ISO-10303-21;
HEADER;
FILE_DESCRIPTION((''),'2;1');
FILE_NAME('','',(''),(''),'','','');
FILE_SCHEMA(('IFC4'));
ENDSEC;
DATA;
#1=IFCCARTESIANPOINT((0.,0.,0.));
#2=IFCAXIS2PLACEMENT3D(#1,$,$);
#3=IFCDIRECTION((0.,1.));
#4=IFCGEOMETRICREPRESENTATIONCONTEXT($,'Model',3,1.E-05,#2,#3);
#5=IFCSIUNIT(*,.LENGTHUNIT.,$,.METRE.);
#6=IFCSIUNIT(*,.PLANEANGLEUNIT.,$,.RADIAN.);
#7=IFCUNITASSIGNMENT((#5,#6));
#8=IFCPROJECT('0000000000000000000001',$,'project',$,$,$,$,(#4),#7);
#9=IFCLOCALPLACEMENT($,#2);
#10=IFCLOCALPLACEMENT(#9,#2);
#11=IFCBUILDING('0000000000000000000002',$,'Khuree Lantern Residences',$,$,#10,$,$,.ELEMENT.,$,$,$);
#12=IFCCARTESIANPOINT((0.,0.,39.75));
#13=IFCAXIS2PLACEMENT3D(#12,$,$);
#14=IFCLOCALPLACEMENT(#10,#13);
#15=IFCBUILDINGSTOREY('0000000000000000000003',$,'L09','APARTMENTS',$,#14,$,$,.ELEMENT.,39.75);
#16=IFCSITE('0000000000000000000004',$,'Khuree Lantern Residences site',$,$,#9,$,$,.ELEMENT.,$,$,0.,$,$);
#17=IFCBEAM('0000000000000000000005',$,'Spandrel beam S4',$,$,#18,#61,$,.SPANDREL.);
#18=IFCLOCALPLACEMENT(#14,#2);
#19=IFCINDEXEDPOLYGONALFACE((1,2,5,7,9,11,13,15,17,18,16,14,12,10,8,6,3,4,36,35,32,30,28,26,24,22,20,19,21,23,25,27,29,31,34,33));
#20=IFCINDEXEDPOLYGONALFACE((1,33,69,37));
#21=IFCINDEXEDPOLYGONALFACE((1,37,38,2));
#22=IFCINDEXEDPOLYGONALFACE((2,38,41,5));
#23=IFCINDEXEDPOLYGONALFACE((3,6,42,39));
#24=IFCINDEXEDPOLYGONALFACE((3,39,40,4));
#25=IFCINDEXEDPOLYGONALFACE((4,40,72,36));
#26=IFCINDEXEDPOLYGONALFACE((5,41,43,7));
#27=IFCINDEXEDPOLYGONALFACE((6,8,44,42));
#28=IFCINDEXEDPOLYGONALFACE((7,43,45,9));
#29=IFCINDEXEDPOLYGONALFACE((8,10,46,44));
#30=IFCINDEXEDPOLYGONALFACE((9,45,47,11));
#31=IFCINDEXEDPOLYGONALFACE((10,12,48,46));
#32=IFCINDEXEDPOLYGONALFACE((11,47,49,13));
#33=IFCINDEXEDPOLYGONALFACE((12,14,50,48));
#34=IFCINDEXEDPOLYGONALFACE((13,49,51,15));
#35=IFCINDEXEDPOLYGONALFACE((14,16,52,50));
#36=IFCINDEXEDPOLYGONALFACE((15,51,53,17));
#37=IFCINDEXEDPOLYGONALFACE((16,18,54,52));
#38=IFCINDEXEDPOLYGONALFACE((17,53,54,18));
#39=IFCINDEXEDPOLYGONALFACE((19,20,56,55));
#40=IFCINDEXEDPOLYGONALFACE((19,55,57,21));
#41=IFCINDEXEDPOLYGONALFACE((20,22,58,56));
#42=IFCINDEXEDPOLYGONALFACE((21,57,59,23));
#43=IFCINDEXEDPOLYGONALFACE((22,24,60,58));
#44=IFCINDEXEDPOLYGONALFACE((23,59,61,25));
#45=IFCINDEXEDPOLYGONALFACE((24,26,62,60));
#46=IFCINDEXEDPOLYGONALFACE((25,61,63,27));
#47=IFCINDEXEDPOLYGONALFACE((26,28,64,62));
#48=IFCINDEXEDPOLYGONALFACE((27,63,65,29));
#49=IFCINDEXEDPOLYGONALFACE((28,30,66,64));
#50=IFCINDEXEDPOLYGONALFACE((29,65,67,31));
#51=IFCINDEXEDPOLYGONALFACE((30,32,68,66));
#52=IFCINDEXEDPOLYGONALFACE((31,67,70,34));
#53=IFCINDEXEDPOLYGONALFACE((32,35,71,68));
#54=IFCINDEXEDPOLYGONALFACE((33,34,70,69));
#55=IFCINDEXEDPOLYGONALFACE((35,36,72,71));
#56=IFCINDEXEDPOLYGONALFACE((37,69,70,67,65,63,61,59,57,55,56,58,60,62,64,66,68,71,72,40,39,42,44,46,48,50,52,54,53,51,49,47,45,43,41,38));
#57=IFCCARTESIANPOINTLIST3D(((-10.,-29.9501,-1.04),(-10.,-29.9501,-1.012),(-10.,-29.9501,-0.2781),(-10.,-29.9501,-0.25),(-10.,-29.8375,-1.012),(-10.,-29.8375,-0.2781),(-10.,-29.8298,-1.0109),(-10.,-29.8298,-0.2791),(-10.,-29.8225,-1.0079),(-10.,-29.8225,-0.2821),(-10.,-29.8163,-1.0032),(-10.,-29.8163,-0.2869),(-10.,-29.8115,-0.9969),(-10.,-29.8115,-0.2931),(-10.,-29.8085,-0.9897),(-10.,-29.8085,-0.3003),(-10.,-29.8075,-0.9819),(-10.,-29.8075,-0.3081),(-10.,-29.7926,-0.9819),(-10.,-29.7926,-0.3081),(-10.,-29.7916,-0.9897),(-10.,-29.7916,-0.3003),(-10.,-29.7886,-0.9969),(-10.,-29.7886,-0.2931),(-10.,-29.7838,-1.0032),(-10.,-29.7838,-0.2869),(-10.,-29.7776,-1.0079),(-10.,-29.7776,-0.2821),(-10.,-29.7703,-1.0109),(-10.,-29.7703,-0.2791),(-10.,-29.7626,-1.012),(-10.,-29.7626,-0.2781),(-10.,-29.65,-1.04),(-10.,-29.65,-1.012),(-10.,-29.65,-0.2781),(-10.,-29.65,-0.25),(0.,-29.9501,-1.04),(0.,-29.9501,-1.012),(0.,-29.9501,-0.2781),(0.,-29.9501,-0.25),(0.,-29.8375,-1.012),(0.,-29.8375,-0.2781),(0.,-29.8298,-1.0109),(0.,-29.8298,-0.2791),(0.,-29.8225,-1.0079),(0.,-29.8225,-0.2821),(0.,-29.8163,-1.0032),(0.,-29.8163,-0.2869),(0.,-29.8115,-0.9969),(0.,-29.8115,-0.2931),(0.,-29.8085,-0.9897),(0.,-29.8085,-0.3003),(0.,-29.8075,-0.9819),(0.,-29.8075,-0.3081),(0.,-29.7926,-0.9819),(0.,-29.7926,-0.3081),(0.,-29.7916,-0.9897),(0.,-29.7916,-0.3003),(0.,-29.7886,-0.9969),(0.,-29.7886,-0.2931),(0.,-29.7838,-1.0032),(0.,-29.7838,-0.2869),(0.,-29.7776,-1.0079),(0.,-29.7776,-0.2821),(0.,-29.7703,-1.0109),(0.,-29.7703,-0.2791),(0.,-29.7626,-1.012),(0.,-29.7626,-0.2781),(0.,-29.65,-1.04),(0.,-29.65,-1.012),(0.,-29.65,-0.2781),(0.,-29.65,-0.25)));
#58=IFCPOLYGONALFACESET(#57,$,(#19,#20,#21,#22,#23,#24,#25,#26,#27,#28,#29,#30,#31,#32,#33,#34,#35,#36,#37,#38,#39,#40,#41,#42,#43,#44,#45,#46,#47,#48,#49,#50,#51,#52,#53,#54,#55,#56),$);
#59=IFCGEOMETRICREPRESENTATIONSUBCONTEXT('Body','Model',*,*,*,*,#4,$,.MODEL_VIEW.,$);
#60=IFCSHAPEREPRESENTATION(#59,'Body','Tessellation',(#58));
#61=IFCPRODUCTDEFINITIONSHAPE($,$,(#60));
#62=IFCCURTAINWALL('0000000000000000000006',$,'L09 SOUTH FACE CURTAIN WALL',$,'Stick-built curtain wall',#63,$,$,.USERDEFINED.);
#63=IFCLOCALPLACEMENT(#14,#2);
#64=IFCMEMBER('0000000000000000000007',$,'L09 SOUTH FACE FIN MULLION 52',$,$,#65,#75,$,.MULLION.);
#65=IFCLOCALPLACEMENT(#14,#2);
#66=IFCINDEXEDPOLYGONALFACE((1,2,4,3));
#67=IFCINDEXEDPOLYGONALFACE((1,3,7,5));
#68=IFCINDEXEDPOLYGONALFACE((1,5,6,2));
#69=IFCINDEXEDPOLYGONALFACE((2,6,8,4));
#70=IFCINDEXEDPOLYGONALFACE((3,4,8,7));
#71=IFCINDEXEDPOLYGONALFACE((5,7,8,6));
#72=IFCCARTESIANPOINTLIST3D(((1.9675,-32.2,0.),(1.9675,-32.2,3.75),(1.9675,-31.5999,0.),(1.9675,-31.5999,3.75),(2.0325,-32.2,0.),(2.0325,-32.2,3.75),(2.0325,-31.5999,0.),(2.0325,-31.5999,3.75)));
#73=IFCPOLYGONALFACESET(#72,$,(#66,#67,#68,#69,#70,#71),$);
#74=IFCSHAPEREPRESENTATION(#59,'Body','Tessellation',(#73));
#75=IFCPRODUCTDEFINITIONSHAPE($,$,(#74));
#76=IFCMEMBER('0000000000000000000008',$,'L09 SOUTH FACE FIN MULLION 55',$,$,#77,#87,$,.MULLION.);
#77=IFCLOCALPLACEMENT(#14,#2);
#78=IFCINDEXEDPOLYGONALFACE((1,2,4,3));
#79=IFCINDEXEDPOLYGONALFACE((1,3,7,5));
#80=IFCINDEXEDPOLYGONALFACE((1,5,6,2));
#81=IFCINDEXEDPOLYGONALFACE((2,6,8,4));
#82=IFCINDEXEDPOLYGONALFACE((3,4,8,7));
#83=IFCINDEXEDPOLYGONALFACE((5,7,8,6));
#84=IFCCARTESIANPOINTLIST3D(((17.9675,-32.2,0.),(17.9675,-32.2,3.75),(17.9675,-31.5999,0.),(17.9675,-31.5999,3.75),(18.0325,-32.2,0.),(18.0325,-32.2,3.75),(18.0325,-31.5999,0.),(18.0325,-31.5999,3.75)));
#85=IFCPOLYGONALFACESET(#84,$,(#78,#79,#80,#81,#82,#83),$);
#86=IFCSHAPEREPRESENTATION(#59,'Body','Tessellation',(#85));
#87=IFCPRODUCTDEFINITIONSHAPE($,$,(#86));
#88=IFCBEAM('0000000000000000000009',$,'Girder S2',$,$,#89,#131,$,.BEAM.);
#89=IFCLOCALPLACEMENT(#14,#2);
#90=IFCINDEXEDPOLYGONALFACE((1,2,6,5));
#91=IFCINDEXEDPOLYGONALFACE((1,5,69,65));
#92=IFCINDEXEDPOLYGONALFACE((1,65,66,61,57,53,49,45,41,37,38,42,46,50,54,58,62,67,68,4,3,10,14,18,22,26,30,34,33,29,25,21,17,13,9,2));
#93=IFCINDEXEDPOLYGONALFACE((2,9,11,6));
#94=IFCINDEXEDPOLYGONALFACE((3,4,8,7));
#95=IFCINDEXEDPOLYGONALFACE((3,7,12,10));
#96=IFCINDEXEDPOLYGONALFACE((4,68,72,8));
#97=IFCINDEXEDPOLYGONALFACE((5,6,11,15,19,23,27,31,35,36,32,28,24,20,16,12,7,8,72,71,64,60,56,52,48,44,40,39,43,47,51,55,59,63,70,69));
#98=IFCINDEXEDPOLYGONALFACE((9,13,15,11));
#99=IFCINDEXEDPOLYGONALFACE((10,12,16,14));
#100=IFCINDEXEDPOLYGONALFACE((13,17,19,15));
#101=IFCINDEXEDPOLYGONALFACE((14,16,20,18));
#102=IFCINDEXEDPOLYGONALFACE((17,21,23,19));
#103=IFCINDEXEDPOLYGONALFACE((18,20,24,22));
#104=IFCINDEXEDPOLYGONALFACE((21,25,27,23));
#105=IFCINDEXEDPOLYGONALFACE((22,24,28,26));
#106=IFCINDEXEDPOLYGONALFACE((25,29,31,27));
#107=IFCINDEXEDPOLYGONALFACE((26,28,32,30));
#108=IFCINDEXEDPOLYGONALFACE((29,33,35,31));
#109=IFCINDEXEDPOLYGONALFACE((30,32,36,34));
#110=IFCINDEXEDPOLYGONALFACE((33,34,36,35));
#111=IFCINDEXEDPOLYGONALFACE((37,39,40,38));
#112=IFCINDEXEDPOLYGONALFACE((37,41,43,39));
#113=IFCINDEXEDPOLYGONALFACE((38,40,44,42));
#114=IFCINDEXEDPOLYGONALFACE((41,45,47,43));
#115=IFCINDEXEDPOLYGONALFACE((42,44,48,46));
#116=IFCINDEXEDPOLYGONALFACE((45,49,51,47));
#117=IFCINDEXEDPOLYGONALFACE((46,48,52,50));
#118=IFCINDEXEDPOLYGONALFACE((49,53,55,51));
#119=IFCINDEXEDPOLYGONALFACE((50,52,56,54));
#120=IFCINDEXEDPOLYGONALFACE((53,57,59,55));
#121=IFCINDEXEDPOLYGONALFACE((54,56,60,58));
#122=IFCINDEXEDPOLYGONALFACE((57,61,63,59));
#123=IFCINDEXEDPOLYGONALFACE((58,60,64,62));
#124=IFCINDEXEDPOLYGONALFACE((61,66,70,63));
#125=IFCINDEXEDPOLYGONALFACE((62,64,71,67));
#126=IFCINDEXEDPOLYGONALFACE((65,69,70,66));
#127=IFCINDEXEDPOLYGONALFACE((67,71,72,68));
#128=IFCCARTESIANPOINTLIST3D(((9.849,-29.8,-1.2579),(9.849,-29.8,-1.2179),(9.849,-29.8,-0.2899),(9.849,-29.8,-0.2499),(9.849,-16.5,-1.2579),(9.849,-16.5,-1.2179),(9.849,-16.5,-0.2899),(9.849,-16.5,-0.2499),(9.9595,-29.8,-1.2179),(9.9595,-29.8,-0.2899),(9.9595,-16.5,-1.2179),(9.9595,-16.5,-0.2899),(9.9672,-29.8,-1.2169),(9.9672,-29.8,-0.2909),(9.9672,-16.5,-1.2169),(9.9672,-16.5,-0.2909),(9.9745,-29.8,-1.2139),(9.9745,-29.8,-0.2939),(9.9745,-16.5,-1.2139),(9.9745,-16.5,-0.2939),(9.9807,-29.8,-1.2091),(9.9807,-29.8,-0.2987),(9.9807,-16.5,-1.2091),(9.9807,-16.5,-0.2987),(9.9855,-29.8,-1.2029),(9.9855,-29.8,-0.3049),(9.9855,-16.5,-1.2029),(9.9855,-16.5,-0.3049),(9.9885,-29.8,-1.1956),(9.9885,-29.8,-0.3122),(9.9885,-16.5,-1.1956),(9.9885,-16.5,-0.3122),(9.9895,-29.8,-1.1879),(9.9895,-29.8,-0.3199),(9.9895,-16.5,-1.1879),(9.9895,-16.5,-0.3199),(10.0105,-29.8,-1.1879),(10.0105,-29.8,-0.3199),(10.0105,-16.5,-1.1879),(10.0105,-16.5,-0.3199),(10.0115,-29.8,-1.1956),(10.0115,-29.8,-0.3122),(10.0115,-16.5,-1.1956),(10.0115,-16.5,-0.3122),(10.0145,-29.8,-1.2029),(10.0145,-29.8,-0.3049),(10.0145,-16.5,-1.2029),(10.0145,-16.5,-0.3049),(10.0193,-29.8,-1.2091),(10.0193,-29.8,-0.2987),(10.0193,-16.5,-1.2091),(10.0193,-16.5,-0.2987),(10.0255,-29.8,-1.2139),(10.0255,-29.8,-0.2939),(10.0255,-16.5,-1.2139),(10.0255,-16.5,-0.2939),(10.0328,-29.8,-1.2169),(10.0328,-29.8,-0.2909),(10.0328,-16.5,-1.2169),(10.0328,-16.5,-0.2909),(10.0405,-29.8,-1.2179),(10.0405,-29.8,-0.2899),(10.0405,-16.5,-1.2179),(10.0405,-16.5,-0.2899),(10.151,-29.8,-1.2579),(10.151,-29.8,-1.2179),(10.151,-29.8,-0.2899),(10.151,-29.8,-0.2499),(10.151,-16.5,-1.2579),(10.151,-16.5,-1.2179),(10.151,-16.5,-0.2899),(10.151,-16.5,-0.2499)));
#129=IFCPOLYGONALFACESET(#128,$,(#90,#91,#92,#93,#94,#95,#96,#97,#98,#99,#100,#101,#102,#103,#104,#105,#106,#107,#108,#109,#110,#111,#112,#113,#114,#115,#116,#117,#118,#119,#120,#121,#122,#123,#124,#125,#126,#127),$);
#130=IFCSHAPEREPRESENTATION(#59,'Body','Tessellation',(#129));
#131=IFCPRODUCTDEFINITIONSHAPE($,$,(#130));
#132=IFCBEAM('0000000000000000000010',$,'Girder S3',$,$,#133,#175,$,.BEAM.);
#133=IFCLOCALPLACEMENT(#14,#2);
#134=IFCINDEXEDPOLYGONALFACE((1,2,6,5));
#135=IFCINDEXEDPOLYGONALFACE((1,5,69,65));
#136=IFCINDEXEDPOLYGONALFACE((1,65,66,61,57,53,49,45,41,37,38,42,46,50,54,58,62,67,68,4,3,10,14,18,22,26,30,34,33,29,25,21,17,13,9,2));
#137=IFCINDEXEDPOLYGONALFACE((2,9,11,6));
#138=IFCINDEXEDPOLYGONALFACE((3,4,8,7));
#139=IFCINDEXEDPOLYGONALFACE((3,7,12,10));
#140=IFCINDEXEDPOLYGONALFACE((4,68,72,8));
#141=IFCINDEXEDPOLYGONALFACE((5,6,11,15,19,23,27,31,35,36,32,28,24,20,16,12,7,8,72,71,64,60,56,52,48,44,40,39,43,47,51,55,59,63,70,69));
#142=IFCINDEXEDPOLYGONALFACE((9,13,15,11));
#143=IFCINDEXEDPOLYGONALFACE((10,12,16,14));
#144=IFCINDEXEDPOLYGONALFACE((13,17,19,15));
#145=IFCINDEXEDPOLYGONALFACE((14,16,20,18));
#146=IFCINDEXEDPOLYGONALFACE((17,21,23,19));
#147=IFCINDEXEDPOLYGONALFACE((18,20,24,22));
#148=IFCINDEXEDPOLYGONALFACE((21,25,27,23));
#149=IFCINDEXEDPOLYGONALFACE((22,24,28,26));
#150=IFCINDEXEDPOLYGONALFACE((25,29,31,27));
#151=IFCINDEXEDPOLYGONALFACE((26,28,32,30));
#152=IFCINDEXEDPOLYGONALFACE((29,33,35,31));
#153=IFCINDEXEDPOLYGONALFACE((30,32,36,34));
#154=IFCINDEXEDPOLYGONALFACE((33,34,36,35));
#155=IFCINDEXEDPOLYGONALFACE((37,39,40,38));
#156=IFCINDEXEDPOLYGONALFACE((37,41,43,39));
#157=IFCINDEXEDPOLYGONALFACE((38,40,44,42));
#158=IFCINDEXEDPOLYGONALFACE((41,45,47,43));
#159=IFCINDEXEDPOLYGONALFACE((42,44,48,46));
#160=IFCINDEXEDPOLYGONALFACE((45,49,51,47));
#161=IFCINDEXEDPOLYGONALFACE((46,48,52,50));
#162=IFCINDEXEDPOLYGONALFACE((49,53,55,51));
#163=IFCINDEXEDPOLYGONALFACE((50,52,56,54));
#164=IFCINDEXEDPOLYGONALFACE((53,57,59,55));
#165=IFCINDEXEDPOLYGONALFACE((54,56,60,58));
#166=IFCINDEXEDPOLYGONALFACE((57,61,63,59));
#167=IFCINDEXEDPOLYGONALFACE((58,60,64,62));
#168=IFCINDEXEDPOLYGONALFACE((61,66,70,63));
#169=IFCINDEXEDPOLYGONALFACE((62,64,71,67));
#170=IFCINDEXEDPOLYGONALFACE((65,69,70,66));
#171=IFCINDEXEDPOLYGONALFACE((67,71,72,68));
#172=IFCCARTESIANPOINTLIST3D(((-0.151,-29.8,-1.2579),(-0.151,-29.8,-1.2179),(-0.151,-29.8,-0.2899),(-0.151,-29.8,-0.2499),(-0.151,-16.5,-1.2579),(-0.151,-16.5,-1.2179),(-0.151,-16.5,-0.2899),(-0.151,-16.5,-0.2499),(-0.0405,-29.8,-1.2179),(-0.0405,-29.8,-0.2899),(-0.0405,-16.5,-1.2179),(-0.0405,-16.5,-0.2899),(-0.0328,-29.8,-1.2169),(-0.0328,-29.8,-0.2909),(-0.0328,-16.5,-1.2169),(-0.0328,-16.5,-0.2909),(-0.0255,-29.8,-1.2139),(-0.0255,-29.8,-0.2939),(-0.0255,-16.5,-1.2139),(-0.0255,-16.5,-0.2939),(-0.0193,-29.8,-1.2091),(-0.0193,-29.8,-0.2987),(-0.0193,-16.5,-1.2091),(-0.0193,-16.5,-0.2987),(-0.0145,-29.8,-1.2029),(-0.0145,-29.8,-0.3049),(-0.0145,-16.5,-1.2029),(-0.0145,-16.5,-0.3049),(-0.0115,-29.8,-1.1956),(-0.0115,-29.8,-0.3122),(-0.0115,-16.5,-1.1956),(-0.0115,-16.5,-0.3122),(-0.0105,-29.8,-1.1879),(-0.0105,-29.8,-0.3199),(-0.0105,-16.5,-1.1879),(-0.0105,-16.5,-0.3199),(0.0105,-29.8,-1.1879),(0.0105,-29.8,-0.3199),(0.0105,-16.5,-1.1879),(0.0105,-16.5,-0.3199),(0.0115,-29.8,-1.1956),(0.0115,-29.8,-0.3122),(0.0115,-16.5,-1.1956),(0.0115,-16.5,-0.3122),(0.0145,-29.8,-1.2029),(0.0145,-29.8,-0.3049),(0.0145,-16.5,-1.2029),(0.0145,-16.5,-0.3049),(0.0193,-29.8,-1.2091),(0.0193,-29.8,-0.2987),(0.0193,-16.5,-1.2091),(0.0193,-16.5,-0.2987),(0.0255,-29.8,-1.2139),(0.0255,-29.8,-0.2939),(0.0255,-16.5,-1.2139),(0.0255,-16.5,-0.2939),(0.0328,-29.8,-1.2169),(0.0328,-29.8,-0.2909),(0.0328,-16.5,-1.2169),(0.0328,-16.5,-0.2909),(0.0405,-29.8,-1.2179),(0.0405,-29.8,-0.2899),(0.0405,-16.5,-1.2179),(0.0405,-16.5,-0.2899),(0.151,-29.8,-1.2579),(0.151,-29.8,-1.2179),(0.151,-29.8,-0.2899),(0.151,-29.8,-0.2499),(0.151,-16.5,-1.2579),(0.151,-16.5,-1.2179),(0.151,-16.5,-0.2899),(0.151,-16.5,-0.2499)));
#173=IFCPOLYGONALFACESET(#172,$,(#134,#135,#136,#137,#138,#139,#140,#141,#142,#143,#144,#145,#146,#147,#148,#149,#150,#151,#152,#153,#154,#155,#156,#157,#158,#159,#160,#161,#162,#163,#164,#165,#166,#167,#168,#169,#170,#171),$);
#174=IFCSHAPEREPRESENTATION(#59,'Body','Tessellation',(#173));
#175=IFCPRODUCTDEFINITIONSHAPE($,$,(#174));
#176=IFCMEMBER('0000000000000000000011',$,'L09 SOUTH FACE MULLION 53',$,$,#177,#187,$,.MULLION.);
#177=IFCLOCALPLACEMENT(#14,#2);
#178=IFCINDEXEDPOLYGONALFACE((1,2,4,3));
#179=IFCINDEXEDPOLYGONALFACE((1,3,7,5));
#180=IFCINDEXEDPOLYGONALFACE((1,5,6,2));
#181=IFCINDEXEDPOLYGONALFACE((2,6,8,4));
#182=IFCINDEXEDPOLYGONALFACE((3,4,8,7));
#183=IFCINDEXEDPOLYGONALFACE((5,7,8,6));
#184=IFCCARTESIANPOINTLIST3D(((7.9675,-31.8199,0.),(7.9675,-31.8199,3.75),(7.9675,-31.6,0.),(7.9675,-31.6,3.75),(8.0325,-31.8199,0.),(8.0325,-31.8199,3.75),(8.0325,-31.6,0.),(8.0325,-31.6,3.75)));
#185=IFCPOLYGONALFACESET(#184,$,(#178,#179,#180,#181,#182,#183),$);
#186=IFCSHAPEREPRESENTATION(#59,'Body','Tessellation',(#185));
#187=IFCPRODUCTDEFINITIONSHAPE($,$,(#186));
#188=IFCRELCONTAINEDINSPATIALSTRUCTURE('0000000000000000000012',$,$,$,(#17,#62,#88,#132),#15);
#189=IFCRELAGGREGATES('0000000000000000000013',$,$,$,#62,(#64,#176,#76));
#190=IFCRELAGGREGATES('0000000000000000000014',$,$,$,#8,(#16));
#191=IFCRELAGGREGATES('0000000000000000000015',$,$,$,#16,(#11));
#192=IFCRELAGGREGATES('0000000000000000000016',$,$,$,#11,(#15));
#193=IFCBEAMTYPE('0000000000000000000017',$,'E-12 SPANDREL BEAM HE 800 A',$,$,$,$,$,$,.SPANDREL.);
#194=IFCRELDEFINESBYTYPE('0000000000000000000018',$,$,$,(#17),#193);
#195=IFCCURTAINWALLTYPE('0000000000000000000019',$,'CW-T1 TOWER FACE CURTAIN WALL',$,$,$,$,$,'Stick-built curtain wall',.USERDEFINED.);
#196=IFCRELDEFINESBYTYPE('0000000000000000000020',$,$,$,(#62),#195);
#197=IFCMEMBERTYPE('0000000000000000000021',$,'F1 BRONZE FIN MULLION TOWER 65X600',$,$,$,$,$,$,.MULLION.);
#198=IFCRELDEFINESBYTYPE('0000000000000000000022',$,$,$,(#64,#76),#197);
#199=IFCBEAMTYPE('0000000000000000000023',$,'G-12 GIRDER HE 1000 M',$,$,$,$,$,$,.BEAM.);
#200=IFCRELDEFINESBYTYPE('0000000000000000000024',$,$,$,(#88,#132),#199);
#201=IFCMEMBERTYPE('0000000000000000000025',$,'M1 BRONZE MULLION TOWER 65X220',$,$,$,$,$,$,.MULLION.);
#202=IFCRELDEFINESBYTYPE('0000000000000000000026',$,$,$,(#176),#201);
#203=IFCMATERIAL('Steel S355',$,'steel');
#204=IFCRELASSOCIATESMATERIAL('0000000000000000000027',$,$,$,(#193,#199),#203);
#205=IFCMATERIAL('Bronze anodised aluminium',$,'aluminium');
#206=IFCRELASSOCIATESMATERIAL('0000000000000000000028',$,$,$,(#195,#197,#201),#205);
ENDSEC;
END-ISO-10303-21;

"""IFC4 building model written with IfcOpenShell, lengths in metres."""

from ifc_helpers import new_model, si_unit, direction, frame, origin, origin_2d, place, context, subcontext, project, spatial, rectangle, i_section, extrude, material, material_profile, profile_set, type_object, element, aggregate, save


model = new_model("IFC4")

# Units and contexts
model_context = context("Model", 3, precision=1e-05, world=origin(), true_north=direction((0.0, 1.0)))
body_context = subcontext(model_context, "Body", "Model", "MODEL_VIEW")
ifc_project = project(units=[si_unit("LENGTHUNIT", "METRE"), si_unit("PLANEANGLEUNIT", "RADIAN")], contexts=[model_context])

# Site, building, storey
site_placement = place(None, origin())
site = spatial("IfcSite", under=ifc_project, at=site_placement, Name="Khuree Lantern Residences site", CompositionType="ELEMENT", RefElevation=0.0)
building_placement = place(site_placement, origin())
building = spatial("IfcBuilding", under=site, at=building_placement, Name="Khuree Lantern Residences", CompositionType="ELEMENT")
storey_placement = place(building_placement, frame((0.0, 0.0, 39.75)))
storey = spatial("IfcBuildingStorey", under=building, at=storey_placement, Name="L09", Description="APARTMENTS", CompositionType="ELEMENT", Elevation=39.75)

# Beam
ifc_material_1 = material(Name="Steel S355", Category="steel")
ifc_material_profile_1 = material_profile(ifc_material_1, i_section(OverallWidth=0.3, OverallDepth=0.79, WebThickness=0.0149, FlangeThickness=0.0281, FilletRadius=0.03, at=origin_2d()), Name="HE 800 A")
ifc_profile_set_1 = profile_set([ifc_material_profile_1], Name="Steel S355")
beam_type_1 = type_object("IfcBeamType", Name="E-12 SPANDREL BEAM HE 800 A", PredefinedType="SPANDREL", material=ifc_profile_set_1)
for number, where, z_axis, x_axis, name in (
    (1, (0.0, -29.8, -0.645), (-1.0, 0.0, 0.0), (0.0, -1.0, 0.0), "Spandrel beam S4"),
):
    element("IfcBeam", number, at=place(storey_placement, frame(where, z_axis=z_axis, x_axis=x_axis)), inside=storey, type_object=beam_type_1, Name=name, PredefinedType="SPANDREL", context=body_context, shape_type="SweptSolid", body=[
        extrude(i_section(OverallWidth=0.3, OverallDepth=0.79, WebThickness=0.0149, FlangeThickness=0.0281, FilletRadius=0.03, at=origin_2d()), origin(), (0.0, 0.0, 1.0), 10.0),
    ])

# Curtain wall, members
ifc_material_2 = material(Name="Bronze anodised aluminium", Category="aluminium")
curtain_wall_type = type_object("IfcCurtainWallType", Name="CW-T1 TOWER FACE CURTAIN WALL", ElementType="Stick-built curtain wall", PredefinedType="USERDEFINED", material=ifc_material_2)
curtain_wall_placement = place(storey_placement, origin())
curtain_wall = element("IfcCurtainWall", 2, at=curtain_wall_placement, inside=storey, type_object=curtain_wall_type, Name="L09 SOUTH FACE CURTAIN WALL", ObjectType="Stick-built curtain wall", PredefinedType="USERDEFINED")
ifc_material_profile_2 = material_profile(ifc_material_2, rectangle(XDim=0.0649, YDim=0.6001, at=origin_2d()), Name="F1 65X600")
ifc_profile_set_2 = profile_set([ifc_material_profile_2], Name="Bronze anodised aluminium")
member_type_1 = type_object("IfcMemberType", Name="F1 BRONZE FIN MULLION TOWER 65X600", PredefinedType="MULLION", material=ifc_profile_set_2)
member_1_placement = place(storey_placement, frame((2.0, -31.8999, 0.0), z_axis=(0.0, 0.0, 1.0), x_axis=(1.0, 0.0, 0.0)))
member_1 = element("IfcMember", 3, at=member_1_placement, type_object=member_type_1, Name="L09 SOUTH FACE FIN MULLION 52", PredefinedType="MULLION", context=body_context, shape_type="SweptSolid", body=[
    extrude(rectangle(XDim=0.0649, YDim=0.6001, at=origin_2d()), origin(), (0.0, 0.0, 1.0), 3.75),
])
member_2_placement = place(storey_placement, frame((18.0, -31.8999, 0.0), z_axis=(0.0, 0.0, 1.0), x_axis=(1.0, 0.0, 0.0)))
member_2 = element("IfcMember", 4, at=member_2_placement, type_object=member_type_1, Name="L09 SOUTH FACE FIN MULLION 55", PredefinedType="MULLION", context=body_context, shape_type="SweptSolid", body=[
    extrude(rectangle(XDim=0.0649, YDim=0.6001, at=origin_2d()), origin(), (0.0, 0.0, 1.0), 3.75),
])

# Beams
ifc_material_profile_3 = material_profile(ifc_material_1, i_section(OverallWidth=0.302, OverallDepth=1.0081, WebThickness=0.021, FlangeThickness=0.04, FilletRadius=0.03, at=origin_2d()), Name="HE 1000 M")
ifc_profile_set_3 = profile_set([ifc_material_profile_3], Name="Steel S355")
beam_type_2 = type_object("IfcBeamType", Name="G-12 GIRDER HE 1000 M", PredefinedType="BEAM", material=ifc_profile_set_3)
for number, where, z_axis, x_axis, name in (
    (5, (10.0, -29.8, -0.7539), (0.0, 1.0, 0.0), (-1.0, 0.0, 0.0), "Girder S2"),
    (6, (0.0, -29.8, -0.7539), (0.0, 1.0, 0.0), (-1.0, 0.0, 0.0), "Girder S3"),
):
    element("IfcBeam", number, at=place(storey_placement, frame(where, z_axis=z_axis, x_axis=x_axis)), inside=storey, type_object=beam_type_2, Name=name, PredefinedType="BEAM", context=body_context, shape_type="SweptSolid", body=[
        extrude(i_section(OverallWidth=0.302, OverallDepth=1.0081, WebThickness=0.021, FlangeThickness=0.04, FilletRadius=0.03, at=origin_2d()), origin(), (0.0, 0.0, 1.0), 13.3),
    ])

# Member
ifc_material_profile_4 = material_profile(ifc_material_2, rectangle(XDim=0.0649, YDim=0.22, at=origin_2d()), Name="M1 65X220")
ifc_profile_set_4 = profile_set([ifc_material_profile_4], Name="Bronze anodised aluminium")
member_type_2 = type_object("IfcMemberType", Name="M1 BRONZE MULLION TOWER 65X220", PredefinedType="MULLION", material=ifc_profile_set_4)
member_3_placement = place(storey_placement, frame((8.0, -31.71, 0.0), z_axis=(0.0, 0.0, 1.0), x_axis=(1.0, 0.0, 0.0)))
member_3 = element("IfcMember", 7, at=member_3_placement, type_object=member_type_2, Name="L09 SOUTH FACE MULLION 53", PredefinedType="MULLION", context=body_context, shape_type="SweptSolid", body=[
    extrude(rectangle(XDim=0.0649, YDim=0.22, at=origin_2d()), origin(), (0.0, 0.0, 1.0), 3.75),
])

aggregate(curtain_wall, [member_1, member_3, member_2])

save(model, "model.ifc")
